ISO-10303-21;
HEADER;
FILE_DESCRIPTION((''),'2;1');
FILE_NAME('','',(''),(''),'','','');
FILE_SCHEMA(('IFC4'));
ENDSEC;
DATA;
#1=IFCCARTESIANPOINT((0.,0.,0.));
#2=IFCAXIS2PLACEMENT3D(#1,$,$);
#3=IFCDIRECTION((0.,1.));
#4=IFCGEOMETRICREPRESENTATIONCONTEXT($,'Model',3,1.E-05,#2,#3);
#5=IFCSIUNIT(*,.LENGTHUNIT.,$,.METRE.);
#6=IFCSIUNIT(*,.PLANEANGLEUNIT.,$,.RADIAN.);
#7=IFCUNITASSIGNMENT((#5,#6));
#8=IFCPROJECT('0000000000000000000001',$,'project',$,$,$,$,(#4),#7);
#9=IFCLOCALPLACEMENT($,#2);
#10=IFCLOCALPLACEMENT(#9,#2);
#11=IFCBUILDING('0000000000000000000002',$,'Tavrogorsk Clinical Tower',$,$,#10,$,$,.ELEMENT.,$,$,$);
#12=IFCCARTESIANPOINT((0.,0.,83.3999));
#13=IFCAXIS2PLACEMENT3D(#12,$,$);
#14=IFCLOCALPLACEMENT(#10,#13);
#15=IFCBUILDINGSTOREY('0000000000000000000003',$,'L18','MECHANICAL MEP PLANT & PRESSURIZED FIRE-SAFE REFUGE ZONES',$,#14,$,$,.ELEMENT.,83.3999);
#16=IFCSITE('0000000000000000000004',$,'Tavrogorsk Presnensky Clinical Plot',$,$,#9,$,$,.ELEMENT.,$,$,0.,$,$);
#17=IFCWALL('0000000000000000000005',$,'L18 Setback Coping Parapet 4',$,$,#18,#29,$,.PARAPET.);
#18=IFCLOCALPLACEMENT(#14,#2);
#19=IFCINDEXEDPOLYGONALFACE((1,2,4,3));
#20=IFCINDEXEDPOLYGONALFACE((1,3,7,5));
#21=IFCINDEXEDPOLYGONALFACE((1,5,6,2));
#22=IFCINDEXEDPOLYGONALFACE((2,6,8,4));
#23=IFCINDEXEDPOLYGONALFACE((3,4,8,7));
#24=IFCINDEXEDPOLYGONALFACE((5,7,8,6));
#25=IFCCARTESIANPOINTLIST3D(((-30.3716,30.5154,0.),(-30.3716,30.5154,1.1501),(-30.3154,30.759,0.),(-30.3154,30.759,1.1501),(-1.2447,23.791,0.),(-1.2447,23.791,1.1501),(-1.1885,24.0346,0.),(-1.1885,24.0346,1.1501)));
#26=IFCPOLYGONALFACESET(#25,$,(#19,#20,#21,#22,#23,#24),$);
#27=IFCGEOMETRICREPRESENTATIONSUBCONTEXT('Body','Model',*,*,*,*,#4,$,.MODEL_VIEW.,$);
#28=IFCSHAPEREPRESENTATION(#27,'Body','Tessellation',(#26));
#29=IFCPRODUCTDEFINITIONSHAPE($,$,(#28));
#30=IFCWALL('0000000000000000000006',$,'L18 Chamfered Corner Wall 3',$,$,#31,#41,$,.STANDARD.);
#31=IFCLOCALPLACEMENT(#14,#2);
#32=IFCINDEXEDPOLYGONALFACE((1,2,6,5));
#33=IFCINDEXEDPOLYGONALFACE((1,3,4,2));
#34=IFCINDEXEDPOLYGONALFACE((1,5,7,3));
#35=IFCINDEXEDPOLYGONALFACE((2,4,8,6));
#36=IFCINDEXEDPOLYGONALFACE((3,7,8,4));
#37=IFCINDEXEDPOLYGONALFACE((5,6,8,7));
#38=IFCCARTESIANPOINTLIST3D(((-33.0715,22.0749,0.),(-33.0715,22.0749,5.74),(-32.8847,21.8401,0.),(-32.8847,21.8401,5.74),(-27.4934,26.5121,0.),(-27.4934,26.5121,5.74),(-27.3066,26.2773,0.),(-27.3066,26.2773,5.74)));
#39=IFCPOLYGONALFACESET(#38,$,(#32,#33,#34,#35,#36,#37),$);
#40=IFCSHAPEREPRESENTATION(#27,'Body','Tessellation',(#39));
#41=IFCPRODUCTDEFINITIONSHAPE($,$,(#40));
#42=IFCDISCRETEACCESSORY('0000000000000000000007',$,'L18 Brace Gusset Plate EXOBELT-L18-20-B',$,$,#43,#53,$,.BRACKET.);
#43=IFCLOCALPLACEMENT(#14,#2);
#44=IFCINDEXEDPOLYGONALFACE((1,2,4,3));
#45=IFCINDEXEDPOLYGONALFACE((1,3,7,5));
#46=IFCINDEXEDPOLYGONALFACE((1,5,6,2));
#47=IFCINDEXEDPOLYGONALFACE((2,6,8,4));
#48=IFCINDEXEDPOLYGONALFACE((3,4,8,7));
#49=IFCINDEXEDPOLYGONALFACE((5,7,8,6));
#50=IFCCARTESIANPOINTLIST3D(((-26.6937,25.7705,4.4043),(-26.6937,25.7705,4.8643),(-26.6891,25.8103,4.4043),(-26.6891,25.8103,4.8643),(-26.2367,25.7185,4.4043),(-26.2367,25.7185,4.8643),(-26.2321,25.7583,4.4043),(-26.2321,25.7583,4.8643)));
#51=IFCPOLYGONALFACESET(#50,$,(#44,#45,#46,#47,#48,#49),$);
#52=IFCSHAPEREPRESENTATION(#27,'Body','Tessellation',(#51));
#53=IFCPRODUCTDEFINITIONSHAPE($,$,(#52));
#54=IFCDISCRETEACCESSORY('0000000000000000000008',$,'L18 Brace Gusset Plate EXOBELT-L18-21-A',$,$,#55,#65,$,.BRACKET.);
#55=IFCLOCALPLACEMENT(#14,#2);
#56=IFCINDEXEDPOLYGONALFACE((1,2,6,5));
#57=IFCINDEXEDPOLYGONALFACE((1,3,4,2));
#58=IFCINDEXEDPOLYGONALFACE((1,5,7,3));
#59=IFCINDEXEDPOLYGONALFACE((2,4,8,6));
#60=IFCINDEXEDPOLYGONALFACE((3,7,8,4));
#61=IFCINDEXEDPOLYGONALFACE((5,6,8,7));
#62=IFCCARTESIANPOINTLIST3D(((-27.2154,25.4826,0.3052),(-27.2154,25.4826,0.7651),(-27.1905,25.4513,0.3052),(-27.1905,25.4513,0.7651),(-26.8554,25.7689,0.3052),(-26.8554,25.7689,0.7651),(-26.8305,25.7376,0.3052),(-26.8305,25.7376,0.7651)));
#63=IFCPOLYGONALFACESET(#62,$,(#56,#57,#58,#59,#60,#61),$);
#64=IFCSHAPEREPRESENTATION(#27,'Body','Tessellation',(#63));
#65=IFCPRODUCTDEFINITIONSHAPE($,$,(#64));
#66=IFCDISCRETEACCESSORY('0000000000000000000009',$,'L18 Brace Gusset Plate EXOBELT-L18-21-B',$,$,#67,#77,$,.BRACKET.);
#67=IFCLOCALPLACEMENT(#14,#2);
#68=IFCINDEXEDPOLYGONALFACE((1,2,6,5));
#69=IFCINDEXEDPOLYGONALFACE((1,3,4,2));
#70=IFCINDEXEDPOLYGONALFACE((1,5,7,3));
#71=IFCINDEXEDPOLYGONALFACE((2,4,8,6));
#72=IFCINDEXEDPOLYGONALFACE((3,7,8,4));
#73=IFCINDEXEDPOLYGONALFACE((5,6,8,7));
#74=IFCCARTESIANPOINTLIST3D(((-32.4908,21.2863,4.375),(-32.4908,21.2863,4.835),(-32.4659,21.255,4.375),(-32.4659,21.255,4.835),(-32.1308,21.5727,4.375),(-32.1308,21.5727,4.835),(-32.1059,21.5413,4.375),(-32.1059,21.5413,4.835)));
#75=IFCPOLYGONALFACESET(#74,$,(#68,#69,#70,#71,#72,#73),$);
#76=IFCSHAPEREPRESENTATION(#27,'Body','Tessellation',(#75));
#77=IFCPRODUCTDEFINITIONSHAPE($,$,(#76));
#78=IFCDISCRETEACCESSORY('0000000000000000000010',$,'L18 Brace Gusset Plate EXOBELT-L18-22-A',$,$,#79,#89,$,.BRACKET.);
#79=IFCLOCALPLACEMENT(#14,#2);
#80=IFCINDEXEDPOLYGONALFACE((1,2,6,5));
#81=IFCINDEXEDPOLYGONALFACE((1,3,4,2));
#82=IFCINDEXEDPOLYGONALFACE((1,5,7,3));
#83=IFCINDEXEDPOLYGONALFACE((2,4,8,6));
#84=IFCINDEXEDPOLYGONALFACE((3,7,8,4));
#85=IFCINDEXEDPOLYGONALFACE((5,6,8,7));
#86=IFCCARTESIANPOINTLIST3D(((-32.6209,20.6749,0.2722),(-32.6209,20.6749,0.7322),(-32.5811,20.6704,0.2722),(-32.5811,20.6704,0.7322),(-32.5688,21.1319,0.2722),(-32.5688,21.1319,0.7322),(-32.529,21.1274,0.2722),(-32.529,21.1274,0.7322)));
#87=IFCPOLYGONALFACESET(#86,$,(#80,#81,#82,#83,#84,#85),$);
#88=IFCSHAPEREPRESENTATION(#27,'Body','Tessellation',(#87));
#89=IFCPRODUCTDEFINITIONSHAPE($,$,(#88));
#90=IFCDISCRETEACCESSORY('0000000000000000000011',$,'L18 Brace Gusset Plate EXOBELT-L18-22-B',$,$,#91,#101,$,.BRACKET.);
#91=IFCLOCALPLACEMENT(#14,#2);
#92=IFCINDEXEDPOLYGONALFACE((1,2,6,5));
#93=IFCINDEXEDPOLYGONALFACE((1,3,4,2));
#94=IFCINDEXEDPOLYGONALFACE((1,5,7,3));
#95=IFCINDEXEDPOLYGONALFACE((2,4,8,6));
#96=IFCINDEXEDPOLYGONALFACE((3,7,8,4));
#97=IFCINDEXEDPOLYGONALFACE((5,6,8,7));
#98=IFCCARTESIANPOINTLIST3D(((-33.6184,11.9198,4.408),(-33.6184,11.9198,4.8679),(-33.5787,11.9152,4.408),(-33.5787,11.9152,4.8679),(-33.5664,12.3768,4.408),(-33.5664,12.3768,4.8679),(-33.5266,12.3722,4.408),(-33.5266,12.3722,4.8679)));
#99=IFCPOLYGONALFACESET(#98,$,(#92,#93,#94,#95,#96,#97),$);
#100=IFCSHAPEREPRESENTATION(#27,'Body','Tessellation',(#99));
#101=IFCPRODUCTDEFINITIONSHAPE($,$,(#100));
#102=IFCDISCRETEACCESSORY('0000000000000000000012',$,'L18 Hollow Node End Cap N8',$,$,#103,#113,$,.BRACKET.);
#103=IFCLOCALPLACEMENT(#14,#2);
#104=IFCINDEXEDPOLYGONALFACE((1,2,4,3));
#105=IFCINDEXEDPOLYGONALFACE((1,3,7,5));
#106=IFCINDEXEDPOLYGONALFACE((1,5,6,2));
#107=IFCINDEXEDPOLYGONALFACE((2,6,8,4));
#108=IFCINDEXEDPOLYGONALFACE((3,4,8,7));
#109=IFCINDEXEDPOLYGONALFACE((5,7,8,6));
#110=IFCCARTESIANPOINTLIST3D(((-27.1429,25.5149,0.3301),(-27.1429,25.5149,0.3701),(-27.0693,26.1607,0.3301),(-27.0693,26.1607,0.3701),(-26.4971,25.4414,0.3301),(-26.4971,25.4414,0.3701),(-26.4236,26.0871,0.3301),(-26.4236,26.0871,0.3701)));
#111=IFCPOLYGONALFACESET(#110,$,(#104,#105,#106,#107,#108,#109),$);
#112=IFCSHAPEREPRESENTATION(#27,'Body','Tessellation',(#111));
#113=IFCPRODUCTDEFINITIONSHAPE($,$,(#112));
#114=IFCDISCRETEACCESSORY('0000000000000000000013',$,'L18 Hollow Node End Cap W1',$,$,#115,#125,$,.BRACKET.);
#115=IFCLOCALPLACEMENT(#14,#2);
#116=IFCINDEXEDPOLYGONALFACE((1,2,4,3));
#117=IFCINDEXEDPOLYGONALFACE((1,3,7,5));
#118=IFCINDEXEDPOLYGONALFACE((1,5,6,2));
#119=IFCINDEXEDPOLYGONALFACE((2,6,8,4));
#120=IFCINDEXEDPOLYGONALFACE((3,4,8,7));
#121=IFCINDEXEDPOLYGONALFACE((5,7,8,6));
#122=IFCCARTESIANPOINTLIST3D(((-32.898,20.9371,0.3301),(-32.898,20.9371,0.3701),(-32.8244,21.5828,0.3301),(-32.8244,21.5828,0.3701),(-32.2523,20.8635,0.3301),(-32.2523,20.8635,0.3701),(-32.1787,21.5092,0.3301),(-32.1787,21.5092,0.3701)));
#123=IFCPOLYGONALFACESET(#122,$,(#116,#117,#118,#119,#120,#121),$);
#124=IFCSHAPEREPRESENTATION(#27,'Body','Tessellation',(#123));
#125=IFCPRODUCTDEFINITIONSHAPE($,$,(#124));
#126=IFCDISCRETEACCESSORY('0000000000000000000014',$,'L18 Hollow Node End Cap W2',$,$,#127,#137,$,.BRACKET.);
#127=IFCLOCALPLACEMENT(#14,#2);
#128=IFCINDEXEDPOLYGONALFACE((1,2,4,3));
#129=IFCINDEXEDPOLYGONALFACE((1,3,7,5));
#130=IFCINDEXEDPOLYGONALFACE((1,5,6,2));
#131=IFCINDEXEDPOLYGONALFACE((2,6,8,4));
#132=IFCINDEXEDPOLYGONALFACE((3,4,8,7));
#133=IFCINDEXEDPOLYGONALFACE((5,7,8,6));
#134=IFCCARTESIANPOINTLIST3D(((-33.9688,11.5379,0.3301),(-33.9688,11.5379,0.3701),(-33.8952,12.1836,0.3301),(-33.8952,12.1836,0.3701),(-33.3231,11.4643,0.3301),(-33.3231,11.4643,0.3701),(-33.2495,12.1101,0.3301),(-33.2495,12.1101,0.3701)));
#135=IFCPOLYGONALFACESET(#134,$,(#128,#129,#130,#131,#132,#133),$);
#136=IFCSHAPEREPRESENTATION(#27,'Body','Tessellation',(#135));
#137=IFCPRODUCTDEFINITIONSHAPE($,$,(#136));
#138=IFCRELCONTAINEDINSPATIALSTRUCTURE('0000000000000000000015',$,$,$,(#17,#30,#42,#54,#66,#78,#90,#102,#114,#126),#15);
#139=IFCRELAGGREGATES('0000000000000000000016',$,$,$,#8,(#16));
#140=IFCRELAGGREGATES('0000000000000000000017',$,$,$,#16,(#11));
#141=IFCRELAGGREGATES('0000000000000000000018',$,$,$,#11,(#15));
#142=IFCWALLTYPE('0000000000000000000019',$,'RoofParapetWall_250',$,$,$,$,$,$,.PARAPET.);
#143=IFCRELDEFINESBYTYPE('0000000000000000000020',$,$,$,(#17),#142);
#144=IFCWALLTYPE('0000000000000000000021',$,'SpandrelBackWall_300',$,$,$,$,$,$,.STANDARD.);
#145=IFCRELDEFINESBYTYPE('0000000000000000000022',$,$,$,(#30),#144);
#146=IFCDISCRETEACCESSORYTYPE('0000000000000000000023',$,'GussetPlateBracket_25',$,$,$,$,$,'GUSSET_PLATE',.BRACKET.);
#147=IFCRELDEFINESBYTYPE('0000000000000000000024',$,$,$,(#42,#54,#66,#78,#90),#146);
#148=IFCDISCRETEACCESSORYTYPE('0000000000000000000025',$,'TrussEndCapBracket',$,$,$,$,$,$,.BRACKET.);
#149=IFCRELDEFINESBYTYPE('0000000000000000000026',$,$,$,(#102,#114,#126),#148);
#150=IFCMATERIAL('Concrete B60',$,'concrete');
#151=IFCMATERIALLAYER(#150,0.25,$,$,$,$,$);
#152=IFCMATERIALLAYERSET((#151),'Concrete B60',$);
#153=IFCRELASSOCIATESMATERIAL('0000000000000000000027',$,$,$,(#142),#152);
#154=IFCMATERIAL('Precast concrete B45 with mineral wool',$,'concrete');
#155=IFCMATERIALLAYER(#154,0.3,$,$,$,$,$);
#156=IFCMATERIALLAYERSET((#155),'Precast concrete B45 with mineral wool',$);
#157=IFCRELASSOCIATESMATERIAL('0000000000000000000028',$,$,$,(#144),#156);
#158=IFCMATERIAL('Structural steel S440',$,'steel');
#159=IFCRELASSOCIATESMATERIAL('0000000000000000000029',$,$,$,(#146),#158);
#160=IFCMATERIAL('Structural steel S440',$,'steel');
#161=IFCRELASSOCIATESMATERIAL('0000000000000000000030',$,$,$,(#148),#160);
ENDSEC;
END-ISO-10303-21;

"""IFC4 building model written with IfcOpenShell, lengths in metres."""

from ifc_helpers import new_model, si_unit, direction, frame, frame_2d, origin, origin_2d, place, context, subcontext, project, spatial, rectangle, extrude, material, layer, layer_set, type_object, element, save


model = new_model("IFC4")

# Units and contexts
model_context = context("Model", 3, precision=1e-05, world=origin(), true_north=direction((0.0, 1.0)))
body_context = subcontext(model_context, "Body", "Model", "MODEL_VIEW")
ifc_project = project(units=[si_unit("LENGTHUNIT", "METRE"), si_unit("PLANEANGLEUNIT", "RADIAN")], contexts=[model_context])

# Site, building, storey
site_placement = place(None, origin())
site = spatial("IfcSite", under=ifc_project, at=site_placement, Name="Tavrogorsk Presnensky Clinical Plot", CompositionType="ELEMENT", RefElevation=0.0)
building_placement = place(site_placement, origin())
building = spatial("IfcBuilding", under=site, at=building_placement, Name="Tavrogorsk Clinical Tower", CompositionType="ELEMENT")
storey_placement = place(building_placement, frame((0.0, 0.0, 83.3999)))
storey = spatial("IfcBuildingStorey", under=building, at=storey_placement, Name="L18", Description="MECHANICAL MEP PLANT & PRESSURIZED FIRE-SAFE REFUGE ZONES", CompositionType="ELEMENT", Elevation=83.3999)

# Walls
ifc_material_1 = material(Name="Concrete B60", Category="concrete")
ifc_layer_1 = layer(ifc_material_1, 0.25)
ifc_layer_set_1 = layer_set([ifc_layer_1], Name="Concrete B60")
wall_type_1 = type_object("IfcWallType", Name="RoofParapetWall_250", PredefinedType="PARAPET", material=ifc_layer_set_1)
wall_1_placement = place(storey_placement, frame((-30.3435, 30.6372, 0.0), z_axis=(0.0, 0.0, 1.0), x_axis=(0.974371, -0.224947, 0.0)))
element("IfcWall", 1, at=wall_1_placement, inside=storey, type_object=wall_type_1, Name="L18 Setback Coping Parapet 4", PredefinedType="PARAPET", context=body_context, shape_type="SweptSolid", body=[
    extrude(rectangle(XDim=29.8931, YDim=0.25, at=frame_2d((14.9465, 0.0))), origin(), (0.0, 0.0, 1.0), 1.1501),
])
ifc_material_2 = material(Name="Precast concrete B45 with mineral wool", Category="concrete")
ifc_layer_2 = layer(ifc_material_2, 0.3)
ifc_layer_set_2 = layer_set([ifc_layer_2], Name="Precast concrete B45 with mineral wool")
wall_type_2 = type_object("IfcWallType", Name="SpandrelBackWall_300", PredefinedType="STANDARD", material=ifc_layer_set_2)
wall_2_placement = place(storey_placement, frame((-27.3999, 26.3948, 0.0), z_axis=(0.0, 0.0, 1.0), x_axis=(-0.782593, -0.622533, 0.0)))
element("IfcWall", 2, at=wall_2_placement, inside=storey, type_object=wall_type_2, Name="L18 Chamfered Corner Wall 3", PredefinedType="STANDARD", context=body_context, shape_type="SweptSolid", body=[
    extrude(rectangle(XDim=7.1277, YDim=0.3, at=frame_2d((3.564, 0.0))), origin(), (0.0, 0.0, 1.0), 5.74),
])

# Discrete accessories
ifc_material_3 = material(Name="Structural steel S440", Category="steel")
discrete_accessory_type_1 = type_object("IfcDiscreteAccessoryType", Name="GussetPlateBracket_25", ElementType="GUSSET_PLATE", PredefinedType="BRACKET", material=ifc_material_3)
for number, where, z_axis, x_axis, name in (
    (3, (-26.4629, 25.7644, 4.4043), (0.0, 0.0, 1.0), (-0.993572, 0.113203, 0.0), "L18 Brace Gusset Plate EXOBELT-L18-20-B"),
    (4, (-27.0229, 25.6101, 0.3052), (0.0, 0.0, 1.0), (-0.782608, -0.622515, 0.0), "L18 Brace Gusset Plate EXOBELT-L18-21-A"),
    (5, (-32.2983, 21.4138, 4.375), (0.0, 0.0, 1.0), (-0.782608, -0.622515, 0.0), "L18 Brace Gusset Plate EXOBELT-L18-21-B"),
    (6, (-32.575, 20.9011, 0.2722), (0.0, 0.0, 1.0), (-0.113203, -0.993572, 0.0), "L18 Brace Gusset Plate EXOBELT-L18-22-A"),
    (7, (-33.5725, 12.146, 4.408), (0.0, 0.0, 1.0), (-0.113203, -0.993572, 0.0), "L18 Brace Gusset Plate EXOBELT-L18-22-B"),
):
    element("IfcDiscreteAccessory", number, at=place(storey_placement, frame(where, z_axis=z_axis, x_axis=x_axis)), inside=storey, type_object=discrete_accessory_type_1, Name=name, PredefinedType="BRACKET", context=body_context, shape_type="SweptSolid", body=[
        extrude(rectangle(XDim=0.46, YDim=0.04, at=origin_2d()), origin(), (0.0, 0.0, 1.0), 0.46),
    ])
ifc_material_4 = material(Name="Structural steel S440", Category="steel")
discrete_accessory_type_2 = type_object("IfcDiscreteAccessoryType", Name="TrussEndCapBracket", PredefinedType="BRACKET", material=ifc_material_4)
for number, where, z_axis, x_axis, name in (
    (8, (-26.7832, 25.801, 0.3301), (0.0, 0.0, 1.0), (0.993572, -0.113203, 0.0), "L18 Hollow Node End Cap N8"),
    (9, (-32.5383, 21.2231, 0.3301), (0.0, 0.0, 1.0), (0.993572, -0.113203, 0.0), "L18 Hollow Node End Cap W1"),
    (10, (-33.6091, 11.824, 0.3301), (0.0, 0.0, 1.0), (0.993572, -0.113203, 0.0), "L18 Hollow Node End Cap W2"),
):
    element("IfcDiscreteAccessory", number, at=place(storey_placement, frame(where, z_axis=z_axis, x_axis=x_axis)), inside=storey, type_object=discrete_accessory_type_2, Name=name, PredefinedType="BRACKET", context=body_context, shape_type="SweptSolid", body=[
        extrude(rectangle(XDim=0.6499, YDim=0.6499, at=origin_2d()), origin(), (0.0, 0.0, 1.0), 0.04),
    ])

save(model, "model.ifc")
